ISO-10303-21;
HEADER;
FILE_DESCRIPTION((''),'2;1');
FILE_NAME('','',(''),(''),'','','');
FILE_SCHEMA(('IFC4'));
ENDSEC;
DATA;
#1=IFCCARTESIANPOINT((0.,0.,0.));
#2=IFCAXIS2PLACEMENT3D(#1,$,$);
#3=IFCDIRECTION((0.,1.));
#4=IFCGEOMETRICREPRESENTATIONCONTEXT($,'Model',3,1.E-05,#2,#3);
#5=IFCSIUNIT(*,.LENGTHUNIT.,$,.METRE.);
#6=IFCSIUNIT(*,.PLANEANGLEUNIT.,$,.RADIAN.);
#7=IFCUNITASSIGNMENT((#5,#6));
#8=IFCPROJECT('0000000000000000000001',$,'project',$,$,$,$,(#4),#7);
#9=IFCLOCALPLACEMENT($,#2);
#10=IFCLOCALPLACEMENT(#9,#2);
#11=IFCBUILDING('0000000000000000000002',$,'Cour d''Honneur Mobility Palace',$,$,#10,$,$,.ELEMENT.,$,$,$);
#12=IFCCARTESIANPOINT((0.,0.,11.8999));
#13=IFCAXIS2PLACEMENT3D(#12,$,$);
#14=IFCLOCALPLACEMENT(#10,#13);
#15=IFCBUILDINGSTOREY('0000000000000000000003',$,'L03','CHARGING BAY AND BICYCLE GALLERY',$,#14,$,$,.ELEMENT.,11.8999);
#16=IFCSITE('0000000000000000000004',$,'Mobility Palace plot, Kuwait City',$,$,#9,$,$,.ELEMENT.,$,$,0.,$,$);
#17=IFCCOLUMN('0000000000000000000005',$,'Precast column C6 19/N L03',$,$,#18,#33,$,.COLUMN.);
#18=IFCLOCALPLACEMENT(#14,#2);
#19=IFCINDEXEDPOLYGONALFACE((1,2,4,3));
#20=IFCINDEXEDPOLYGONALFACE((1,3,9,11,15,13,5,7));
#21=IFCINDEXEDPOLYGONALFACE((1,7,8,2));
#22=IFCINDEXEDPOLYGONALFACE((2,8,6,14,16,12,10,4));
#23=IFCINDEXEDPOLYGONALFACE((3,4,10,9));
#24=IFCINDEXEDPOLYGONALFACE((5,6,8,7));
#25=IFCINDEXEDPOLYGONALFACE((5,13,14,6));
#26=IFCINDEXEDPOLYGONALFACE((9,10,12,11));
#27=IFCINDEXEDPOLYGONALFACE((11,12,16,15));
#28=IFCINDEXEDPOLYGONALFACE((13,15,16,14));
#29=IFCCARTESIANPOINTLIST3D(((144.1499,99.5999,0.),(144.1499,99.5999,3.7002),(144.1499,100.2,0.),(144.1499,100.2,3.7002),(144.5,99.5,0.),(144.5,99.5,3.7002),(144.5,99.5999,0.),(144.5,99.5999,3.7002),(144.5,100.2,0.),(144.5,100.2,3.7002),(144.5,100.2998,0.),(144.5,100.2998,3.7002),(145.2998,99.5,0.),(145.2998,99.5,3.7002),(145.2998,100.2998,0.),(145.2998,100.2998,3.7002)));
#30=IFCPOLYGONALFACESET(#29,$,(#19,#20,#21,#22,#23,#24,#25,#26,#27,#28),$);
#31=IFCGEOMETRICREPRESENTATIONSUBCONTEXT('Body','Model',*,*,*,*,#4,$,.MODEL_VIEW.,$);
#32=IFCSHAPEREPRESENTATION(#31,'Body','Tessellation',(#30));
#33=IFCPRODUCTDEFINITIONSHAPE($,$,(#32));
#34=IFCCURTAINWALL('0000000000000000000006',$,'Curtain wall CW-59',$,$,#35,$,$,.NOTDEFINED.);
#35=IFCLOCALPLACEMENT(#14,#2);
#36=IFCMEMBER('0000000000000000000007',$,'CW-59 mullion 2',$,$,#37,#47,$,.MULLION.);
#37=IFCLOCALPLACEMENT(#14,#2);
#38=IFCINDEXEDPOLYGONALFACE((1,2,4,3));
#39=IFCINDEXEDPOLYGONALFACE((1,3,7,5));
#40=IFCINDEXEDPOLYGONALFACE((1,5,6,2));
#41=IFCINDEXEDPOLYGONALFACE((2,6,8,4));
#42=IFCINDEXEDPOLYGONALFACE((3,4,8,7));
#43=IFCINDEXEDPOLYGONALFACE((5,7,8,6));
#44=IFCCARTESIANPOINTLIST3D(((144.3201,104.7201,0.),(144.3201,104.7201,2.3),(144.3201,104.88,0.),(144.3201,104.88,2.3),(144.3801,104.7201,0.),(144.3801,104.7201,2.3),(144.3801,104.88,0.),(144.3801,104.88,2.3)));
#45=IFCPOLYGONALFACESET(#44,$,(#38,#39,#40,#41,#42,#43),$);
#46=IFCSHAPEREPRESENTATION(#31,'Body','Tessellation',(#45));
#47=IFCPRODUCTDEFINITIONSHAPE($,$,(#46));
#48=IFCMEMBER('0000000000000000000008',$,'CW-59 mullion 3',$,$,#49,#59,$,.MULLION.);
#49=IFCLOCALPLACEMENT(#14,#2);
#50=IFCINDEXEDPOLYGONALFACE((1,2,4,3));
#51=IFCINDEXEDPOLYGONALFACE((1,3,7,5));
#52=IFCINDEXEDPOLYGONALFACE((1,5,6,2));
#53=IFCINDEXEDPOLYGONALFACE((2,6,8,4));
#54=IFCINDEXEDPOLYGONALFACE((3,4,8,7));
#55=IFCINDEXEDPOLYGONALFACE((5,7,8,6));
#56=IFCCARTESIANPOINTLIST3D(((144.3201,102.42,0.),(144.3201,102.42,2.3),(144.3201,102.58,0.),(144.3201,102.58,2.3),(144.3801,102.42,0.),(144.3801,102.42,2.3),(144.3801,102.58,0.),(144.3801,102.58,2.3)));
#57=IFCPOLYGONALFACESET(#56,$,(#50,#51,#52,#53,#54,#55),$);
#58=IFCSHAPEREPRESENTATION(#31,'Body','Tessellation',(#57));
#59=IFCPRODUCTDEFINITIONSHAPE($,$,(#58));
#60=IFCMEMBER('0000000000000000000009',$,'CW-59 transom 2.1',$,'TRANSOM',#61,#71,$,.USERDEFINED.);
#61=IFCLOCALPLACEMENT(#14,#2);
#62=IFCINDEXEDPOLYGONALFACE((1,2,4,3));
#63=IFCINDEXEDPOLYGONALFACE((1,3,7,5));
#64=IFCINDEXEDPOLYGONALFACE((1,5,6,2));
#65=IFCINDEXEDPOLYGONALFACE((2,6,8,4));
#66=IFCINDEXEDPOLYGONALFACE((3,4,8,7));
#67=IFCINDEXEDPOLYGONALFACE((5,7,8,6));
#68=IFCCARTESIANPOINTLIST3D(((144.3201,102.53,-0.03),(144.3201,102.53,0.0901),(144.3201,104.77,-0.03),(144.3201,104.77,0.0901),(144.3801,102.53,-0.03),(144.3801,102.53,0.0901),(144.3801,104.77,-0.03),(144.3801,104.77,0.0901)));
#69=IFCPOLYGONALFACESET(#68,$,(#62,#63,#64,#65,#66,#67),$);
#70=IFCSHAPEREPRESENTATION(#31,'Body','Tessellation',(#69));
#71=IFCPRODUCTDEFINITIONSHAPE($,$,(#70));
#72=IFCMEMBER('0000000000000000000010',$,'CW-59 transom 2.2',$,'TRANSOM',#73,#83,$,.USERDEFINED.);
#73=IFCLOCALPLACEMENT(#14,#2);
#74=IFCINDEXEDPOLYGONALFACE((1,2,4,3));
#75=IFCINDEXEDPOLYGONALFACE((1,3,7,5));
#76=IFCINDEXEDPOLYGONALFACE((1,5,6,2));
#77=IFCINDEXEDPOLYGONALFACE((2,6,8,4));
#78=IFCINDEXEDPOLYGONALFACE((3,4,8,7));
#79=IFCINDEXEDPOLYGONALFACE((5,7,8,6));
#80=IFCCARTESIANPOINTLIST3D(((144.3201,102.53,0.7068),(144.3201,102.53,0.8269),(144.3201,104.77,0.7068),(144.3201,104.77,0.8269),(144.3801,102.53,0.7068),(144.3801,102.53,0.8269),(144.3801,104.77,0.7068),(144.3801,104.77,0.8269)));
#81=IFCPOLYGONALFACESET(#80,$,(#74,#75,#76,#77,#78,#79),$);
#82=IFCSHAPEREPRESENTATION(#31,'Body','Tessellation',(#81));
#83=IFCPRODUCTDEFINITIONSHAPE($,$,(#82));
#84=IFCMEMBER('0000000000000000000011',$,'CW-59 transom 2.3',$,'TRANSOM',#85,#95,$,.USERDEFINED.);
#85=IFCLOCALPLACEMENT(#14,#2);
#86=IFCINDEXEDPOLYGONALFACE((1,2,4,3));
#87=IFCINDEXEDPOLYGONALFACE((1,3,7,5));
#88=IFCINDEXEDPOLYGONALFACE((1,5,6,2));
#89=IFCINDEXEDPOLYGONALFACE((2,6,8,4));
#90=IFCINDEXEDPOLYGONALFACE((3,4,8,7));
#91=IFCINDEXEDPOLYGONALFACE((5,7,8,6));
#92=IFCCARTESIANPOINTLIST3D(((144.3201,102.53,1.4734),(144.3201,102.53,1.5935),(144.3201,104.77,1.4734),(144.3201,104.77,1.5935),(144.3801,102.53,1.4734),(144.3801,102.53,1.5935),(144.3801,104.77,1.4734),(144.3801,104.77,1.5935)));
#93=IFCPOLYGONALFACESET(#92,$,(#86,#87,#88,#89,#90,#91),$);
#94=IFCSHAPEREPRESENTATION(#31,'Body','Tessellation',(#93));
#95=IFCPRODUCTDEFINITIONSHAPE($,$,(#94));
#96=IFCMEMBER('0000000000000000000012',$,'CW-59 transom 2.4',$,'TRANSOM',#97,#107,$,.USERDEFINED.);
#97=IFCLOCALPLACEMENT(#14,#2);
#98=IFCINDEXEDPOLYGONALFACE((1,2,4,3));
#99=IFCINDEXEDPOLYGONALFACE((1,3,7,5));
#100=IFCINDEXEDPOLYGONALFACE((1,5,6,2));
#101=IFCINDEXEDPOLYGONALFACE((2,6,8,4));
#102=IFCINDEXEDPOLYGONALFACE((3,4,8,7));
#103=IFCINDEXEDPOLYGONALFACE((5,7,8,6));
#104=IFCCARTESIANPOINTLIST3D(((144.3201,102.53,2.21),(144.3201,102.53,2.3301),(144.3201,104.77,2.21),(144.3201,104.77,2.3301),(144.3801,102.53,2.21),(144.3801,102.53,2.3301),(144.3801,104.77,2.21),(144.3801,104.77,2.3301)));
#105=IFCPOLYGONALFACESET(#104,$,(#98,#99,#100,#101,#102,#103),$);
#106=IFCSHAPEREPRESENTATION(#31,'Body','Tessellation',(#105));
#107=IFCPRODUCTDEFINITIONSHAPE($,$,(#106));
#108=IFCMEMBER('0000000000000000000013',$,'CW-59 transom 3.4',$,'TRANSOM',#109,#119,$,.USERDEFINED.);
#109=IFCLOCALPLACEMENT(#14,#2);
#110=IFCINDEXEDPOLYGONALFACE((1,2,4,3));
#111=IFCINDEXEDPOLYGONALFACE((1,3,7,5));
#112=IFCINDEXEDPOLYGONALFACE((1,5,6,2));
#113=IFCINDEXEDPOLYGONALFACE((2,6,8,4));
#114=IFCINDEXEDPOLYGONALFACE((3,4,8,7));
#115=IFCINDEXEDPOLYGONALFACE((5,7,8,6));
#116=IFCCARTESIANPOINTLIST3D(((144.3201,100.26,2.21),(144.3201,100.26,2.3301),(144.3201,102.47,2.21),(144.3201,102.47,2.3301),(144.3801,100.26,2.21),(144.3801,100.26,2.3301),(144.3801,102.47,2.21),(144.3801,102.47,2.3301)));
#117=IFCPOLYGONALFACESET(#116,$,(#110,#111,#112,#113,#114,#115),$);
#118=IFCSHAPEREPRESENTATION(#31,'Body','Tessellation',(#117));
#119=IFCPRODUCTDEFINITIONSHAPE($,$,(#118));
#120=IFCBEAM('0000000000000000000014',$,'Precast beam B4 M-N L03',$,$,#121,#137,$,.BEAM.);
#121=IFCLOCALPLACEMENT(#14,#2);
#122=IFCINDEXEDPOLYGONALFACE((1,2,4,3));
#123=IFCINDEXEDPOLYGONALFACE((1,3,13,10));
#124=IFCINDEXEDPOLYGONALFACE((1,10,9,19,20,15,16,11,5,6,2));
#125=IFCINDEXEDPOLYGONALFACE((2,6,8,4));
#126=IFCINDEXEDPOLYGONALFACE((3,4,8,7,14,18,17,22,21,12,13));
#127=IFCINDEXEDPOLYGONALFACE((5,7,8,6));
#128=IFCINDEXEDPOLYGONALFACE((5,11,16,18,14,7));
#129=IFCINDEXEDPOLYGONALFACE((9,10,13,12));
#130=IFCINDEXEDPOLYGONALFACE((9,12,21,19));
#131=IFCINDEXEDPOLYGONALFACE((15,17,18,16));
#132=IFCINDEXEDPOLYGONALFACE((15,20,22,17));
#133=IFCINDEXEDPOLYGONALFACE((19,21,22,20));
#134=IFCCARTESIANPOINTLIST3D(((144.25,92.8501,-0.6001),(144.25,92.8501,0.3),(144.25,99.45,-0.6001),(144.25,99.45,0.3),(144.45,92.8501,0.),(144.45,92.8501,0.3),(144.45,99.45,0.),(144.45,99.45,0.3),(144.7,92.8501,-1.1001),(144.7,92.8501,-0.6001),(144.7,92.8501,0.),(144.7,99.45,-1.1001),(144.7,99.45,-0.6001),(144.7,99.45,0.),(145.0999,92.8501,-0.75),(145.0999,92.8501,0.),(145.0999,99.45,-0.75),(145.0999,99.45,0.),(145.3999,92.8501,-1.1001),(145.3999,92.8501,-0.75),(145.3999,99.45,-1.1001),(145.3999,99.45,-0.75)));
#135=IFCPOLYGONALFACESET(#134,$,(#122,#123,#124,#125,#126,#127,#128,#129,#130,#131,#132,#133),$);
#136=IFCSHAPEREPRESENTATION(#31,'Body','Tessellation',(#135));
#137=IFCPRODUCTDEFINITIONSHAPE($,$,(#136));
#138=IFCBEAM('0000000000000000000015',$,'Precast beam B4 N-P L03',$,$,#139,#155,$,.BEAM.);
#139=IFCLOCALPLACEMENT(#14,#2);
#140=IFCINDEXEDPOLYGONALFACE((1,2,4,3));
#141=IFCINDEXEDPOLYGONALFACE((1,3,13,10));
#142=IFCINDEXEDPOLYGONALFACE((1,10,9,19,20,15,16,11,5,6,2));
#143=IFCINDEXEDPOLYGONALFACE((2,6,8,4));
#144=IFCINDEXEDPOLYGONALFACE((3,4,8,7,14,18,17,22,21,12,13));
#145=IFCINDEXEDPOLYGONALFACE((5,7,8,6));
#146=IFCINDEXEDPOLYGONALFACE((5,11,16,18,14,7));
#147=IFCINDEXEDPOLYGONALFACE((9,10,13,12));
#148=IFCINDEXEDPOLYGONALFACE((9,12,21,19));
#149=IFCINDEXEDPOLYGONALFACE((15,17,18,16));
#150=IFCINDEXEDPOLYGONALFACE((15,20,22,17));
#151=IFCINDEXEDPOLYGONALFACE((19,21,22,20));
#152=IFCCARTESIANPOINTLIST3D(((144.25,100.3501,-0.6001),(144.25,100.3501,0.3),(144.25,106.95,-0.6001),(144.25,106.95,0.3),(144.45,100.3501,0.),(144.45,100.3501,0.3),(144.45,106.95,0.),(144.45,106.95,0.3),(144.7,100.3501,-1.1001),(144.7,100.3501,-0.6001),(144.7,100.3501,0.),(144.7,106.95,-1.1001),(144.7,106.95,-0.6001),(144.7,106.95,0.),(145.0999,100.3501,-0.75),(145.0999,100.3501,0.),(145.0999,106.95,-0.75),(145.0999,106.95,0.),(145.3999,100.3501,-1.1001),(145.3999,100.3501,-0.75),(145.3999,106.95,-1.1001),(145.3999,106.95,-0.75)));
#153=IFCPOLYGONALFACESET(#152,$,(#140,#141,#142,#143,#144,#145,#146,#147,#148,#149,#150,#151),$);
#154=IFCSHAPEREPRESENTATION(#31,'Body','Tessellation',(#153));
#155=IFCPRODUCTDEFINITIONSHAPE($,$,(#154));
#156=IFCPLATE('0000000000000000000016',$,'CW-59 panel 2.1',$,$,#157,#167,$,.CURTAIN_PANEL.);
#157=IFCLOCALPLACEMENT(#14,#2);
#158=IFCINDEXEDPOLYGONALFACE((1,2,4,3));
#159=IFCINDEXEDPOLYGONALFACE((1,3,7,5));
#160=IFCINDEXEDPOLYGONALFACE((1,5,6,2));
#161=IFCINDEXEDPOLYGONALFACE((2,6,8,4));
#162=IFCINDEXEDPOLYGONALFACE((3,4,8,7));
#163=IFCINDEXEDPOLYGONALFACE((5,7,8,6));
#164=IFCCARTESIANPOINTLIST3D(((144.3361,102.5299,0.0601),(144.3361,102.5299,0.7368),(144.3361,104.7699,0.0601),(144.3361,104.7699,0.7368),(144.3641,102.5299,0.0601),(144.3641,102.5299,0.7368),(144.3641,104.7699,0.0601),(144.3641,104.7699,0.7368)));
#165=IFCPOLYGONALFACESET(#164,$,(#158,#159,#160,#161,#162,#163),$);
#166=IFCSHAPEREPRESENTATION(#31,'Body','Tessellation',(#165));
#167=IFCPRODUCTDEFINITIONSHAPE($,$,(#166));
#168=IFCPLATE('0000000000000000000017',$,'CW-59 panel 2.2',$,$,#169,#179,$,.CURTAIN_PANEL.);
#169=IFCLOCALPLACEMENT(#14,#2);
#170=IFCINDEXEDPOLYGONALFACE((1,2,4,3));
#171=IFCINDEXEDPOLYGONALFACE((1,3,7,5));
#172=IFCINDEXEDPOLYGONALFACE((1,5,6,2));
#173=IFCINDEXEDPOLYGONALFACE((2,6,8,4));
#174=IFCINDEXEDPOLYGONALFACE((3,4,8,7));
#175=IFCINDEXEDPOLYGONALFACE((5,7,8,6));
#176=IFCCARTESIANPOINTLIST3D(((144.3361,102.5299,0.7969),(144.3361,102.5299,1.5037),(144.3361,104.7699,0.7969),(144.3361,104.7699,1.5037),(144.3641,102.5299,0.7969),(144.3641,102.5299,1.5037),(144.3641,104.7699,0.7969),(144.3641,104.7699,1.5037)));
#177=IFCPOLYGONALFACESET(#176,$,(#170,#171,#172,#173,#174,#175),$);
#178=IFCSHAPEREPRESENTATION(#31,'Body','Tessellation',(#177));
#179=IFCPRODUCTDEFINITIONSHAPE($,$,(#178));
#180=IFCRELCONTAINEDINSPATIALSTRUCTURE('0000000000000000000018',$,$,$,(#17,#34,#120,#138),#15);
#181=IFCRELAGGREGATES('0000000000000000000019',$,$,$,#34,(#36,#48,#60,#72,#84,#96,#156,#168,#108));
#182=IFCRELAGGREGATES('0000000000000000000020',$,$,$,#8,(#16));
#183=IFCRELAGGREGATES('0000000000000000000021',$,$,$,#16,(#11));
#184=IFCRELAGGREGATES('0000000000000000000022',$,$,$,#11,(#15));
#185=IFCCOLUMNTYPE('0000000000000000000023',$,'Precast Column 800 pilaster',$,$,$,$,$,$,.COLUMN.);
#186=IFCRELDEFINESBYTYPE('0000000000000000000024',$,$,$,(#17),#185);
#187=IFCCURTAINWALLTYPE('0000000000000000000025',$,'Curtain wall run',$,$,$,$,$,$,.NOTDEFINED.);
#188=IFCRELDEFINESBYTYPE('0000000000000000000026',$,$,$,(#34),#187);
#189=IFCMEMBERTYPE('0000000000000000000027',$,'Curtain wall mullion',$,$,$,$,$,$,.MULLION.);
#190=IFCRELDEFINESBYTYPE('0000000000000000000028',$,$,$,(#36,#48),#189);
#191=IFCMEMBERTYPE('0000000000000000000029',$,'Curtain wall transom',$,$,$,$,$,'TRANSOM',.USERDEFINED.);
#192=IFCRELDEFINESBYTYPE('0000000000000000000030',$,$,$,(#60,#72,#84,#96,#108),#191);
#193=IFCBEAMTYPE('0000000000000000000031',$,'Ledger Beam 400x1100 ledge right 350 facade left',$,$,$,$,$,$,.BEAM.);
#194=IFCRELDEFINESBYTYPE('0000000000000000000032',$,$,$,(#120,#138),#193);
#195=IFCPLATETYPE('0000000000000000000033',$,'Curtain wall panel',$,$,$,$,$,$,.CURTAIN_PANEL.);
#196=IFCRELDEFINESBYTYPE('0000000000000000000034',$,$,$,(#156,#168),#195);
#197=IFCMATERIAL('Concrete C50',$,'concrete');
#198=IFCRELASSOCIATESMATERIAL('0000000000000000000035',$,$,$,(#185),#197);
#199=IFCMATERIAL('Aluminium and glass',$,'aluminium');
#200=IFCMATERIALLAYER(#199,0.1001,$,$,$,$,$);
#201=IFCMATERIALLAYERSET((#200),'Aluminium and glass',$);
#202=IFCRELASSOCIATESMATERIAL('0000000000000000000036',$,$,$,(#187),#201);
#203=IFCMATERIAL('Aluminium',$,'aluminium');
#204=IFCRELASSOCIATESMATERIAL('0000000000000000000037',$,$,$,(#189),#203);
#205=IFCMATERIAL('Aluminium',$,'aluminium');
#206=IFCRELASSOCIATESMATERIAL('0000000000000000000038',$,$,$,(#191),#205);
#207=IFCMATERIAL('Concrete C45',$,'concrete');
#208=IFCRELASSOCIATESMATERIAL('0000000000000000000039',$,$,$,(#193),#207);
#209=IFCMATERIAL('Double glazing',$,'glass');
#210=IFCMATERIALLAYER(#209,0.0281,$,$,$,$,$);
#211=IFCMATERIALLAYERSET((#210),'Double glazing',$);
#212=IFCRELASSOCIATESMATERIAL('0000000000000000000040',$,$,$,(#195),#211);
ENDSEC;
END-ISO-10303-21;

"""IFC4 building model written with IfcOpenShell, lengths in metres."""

from ifc_helpers import new_model, si_unit, direction, frame, origin, origin_2d, place, context, subcontext, project, spatial, polyline, rectangle, outline, extrude, material, layer, layer_set, material_profile, profile_set, type_object, element, aggregate, save


model = new_model("IFC4")

# Units and contexts
model_context = context("Model", 3, precision=1e-05, world=origin(), true_north=direction((0.0, 1.0)))
body_context = subcontext(model_context, "Body", "Model", "MODEL_VIEW")
ifc_project = project(units=[si_unit("LENGTHUNIT", "METRE"), si_unit("PLANEANGLEUNIT", "RADIAN")], contexts=[model_context])

# Site, building, storey
site_placement = place(None, origin())
site = spatial("IfcSite", under=ifc_project, at=site_placement, Name="Mobility Palace plot, Kuwait City", CompositionType="ELEMENT", RefElevation=0.0)
building_placement = place(site_placement, origin())
building = spatial("IfcBuilding", under=site, at=building_placement, Name="Cour d'Honneur Mobility Palace", CompositionType="ELEMENT")
storey_placement = place(building_placement, frame((0.0, 0.0, 11.8999)))
storey = spatial("IfcBuildingStorey", under=building, at=storey_placement, Name="L03", Description="CHARGING BAY AND BICYCLE GALLERY", CompositionType="ELEMENT", Elevation=11.8999)

# Column
ifc_material_1 = material(Name="Concrete C50", Category="concrete")
ifc_material_profile_1 = material_profile(ifc_material_1, outline(polyline([(-0.3999, -0.3999), (0.3999, -0.3999), (0.3999, -0.3), (0.75, -0.3), (0.75, 0.3), (0.3999, 0.3), (0.3999, 0.3999), (-0.3999, 0.3999), (-0.3999, -0.3999)])), Name="PC C800 pilaster")
ifc_profile_set_1 = profile_set([ifc_material_profile_1], Name="Concrete C50")
column_type = type_object("IfcColumnType", Name="Precast Column 800 pilaster", PredefinedType="COLUMN", material=ifc_profile_set_1)
column_placement = place(storey_placement, frame((144.8999, 99.8999, 0.0), z_axis=(0.0, 0.0, 1.0), x_axis=(-1.0, 0.0, 0.0)))
element("IfcColumn", 1, at=column_placement, inside=storey, type_object=column_type, Name="Precast column C6 19/N L03", PredefinedType="COLUMN", context=body_context, shape_type="SweptSolid", body=[
    extrude(outline(polyline([(-0.3999, -0.3999), (0.3999, -0.3999), (0.3999, -0.3), (0.75, -0.3), (0.75, 0.3), (0.3999, 0.3), (0.3999, 0.3999), (-0.3999, 0.3999), (-0.3999, -0.3999)])), origin(), (0.0, 0.0, 1.0), 3.7002),
])

# Curtain wall, members
ifc_material_2 = material(Name="Aluminium and glass", Category="aluminium")
ifc_layer_1 = layer(ifc_material_2, 0.1001)
ifc_layer_set_1 = layer_set([ifc_layer_1], Name="Aluminium and glass")
curtain_wall_type = type_object("IfcCurtainWallType", Name="Curtain wall run", PredefinedType="NOTDEFINED", material=ifc_layer_set_1)
curtain_wall_placement = place(storey_placement, origin())
curtain_wall = element("IfcCurtainWall", 2, at=curtain_wall_placement, inside=storey, type_object=curtain_wall_type, Name="Curtain wall CW-59", PredefinedType="NOTDEFINED")
ifc_material_3 = material(Name="Aluminium", Category="aluminium")
ifc_material_profile_2 = material_profile(ifc_material_3, rectangle(XDim=0.0601, YDim=0.1599, at=origin_2d()), Name="Curtain wall mullion")
ifc_profile_set_2 = profile_set([ifc_material_profile_2], Name="Aluminium")
member_type_1 = type_object("IfcMemberType", Name="Curtain wall mullion", PredefinedType="MULLION", material=ifc_profile_set_2)
member_1_placement = place(storey_placement, frame((144.3501, 104.8, 0.0), z_axis=(0.0, 0.0, 1.0), x_axis=(1.0, 0.0, 0.0)))
member_1 = element("IfcMember", 3, at=member_1_placement, type_object=member_type_1, Name="CW-59 mullion 2", PredefinedType="MULLION", context=body_context, shape_type="SweptSolid", body=[
    extrude(rectangle(XDim=0.0601, YDim=0.1599, at=origin_2d()), origin(), (0.0, 0.0, 1.0), 2.3),
])
member_2_placement = place(storey_placement, frame((144.3501, 102.5, 0.0), z_axis=(0.0, 0.0, 1.0), x_axis=(1.0, 0.0, 0.0)))
member_2 = element("IfcMember", 4, at=member_2_placement, type_object=member_type_1, Name="CW-59 mullion 3", PredefinedType="MULLION", context=body_context, shape_type="SweptSolid", body=[
    extrude(rectangle(XDim=0.0601, YDim=0.1599, at=origin_2d()), origin(), (0.0, 0.0, 1.0), 2.3),
])
ifc_material_4 = material(Name="Aluminium", Category="aluminium")
ifc_material_profile_3 = material_profile(ifc_material_4, rectangle(XDim=0.0601, YDim=0.1201, at=origin_2d()), Name="Curtain wall transom")
ifc_profile_set_3 = profile_set([ifc_material_profile_3], Name="Aluminium")
member_type_2 = type_object("IfcMemberType", Name="Curtain wall transom", ElementType="TRANSOM", PredefinedType="USERDEFINED", material=ifc_profile_set_3)
member_3_placement = place(storey_placement, frame((144.3501, 104.77, 0.03), z_axis=(0.0, -1.0, 0.0), x_axis=(1.0, 0.0, 0.0)))
member_3 = element("IfcMember", 5, at=member_3_placement, type_object=member_type_2, Name="CW-59 transom 2.1", ObjectType="TRANSOM", PredefinedType="USERDEFINED", context=body_context, shape_type="SweptSolid", body=[
    extrude(rectangle(XDim=0.0601, YDim=0.1201, at=origin_2d()), origin(), (0.0, 0.0, 1.0), 2.24),
])
member_4_placement = place(storey_placement, frame((144.3501, 104.77, 0.7668), z_axis=(0.0, -1.0, 0.0), x_axis=(1.0, 0.0, 0.0)))
member_4 = element("IfcMember", 6, at=member_4_placement, type_object=member_type_2, Name="CW-59 transom 2.2", ObjectType="TRANSOM", PredefinedType="USERDEFINED", context=body_context, shape_type="SweptSolid", body=[
    extrude(rectangle(XDim=0.0601, YDim=0.1201, at=origin_2d()), origin(), (0.0, 0.0, 1.0), 2.24),
])
member_5_placement = place(storey_placement, frame((144.3501, 104.77, 1.5334), z_axis=(0.0, -1.0, 0.0), x_axis=(1.0, 0.0, 0.0)))
member_5 = element("IfcMember", 7, at=member_5_placement, type_object=member_type_2, Name="CW-59 transom 2.3", ObjectType="TRANSOM", PredefinedType="USERDEFINED", context=body_context, shape_type="SweptSolid", body=[
    extrude(rectangle(XDim=0.0601, YDim=0.1201, at=origin_2d()), origin(), (0.0, 0.0, 1.0), 2.24),
])
member_6_placement = place(storey_placement, frame((144.3501, 104.77, 2.27), z_axis=(0.0, -1.0, 0.0), x_axis=(1.0, 0.0, 0.0)))
member_6 = element("IfcMember", 8, at=member_6_placement, type_object=member_type_2, Name="CW-59 transom 2.4", ObjectType="TRANSOM", PredefinedType="USERDEFINED", context=body_context, shape_type="SweptSolid", body=[
    extrude(rectangle(XDim=0.0601, YDim=0.1201, at=origin_2d()), origin(), (0.0, 0.0, 1.0), 2.24),
])
member_7_placement = place(storey_placement, frame((144.3501, 102.47, 2.27), z_axis=(0.0, -1.0, 0.0), x_axis=(1.0, 0.0, 0.0)))
member_7 = element("IfcMember", 9, at=member_7_placement, type_object=member_type_2, Name="CW-59 transom 3.4", ObjectType="TRANSOM", PredefinedType="USERDEFINED", context=body_context, shape_type="SweptSolid", body=[
    extrude(rectangle(XDim=0.0601, YDim=0.1201, at=origin_2d()), origin(), (0.0, 0.0, 1.0), 2.21),
])

# Beams
ifc_material_5 = material(Name="Concrete C45", Category="concrete")
ifc_material_profile_4 = material_profile(ifc_material_5, outline(polyline([(0.2, -1.1001), (0.2, -0.6001), (0.6499, -0.6001), (0.6499, 0.3), (0.45, 0.3), (0.45, 0.0), (0.2, 0.0), (-0.2, 0.0), (-0.2, -0.75), (-0.5, -0.75), (-0.5, -1.1001), (0.2, -1.1001)])), Name="Ledger Beam 400x1100 ledge right 350 facade left")
ifc_profile_set_4 = profile_set([ifc_material_profile_4], Name="Concrete C45")
beam_type = type_object("IfcBeamType", Name="Ledger Beam 400x1100 ledge right 350 facade left", PredefinedType="BEAM", material=ifc_profile_set_4)
for number, where, z_axis, x_axis, name in (
    (10, (144.8999, 92.8501, 0.0), (0.0, 1.0, 0.0), (-1.0, 0.0, 0.0), "Precast beam B4 M-N L03"),
    (11, (144.8999, 100.3501, 0.0), (0.0, 1.0, 0.0), (-1.0, 0.0, 0.0), "Precast beam B4 N-P L03"),
):
    element("IfcBeam", number, at=place(storey_placement, frame(where, z_axis=z_axis, x_axis=x_axis)), inside=storey, type_object=beam_type, Name=name, PredefinedType="BEAM", context=body_context, shape_type="SweptSolid", body=[
        extrude(outline(polyline([(0.2, -1.1001), (0.2, -0.6001), (0.6499, -0.6001), (0.6499, 0.3), (0.45, 0.3), (0.45, 0.0), (0.2, 0.0), (-0.2, 0.0), (-0.2, -0.75), (-0.5, -0.75), (-0.5, -1.1001), (0.2, -1.1001)])), origin(), (0.0, 0.0, 1.0), 6.5999),
    ])

# Plates
ifc_material_6 = material(Name="Double glazing", Category="glass")
ifc_layer_2 = layer(ifc_material_6, 0.0281)
ifc_layer_set_2 = layer_set([ifc_layer_2], Name="Double glazing")
plate_type = type_object("IfcPlateType", Name="Curtain wall panel", PredefinedType="CURTAIN_PANEL", material=ifc_layer_set_2)
plate_1_placement = place(storey_placement, frame((144.3501, 103.6499, 0.0601), z_axis=(0.0, 0.0, 1.0), x_axis=(0.0, -1.0, 0.0)))
plate_1 = element("IfcPlate", 12, at=plate_1_placement, type_object=plate_type, Name="CW-59 panel 2.1", PredefinedType="CURTAIN_PANEL", context=body_context, shape_type="SweptSolid", body=[
    extrude(rectangle(XDim=2.24, YDim=0.0281, at=origin_2d()), origin(), (0.0, 0.0, 1.0), 0.6768),
])
plate_2_placement = place(storey_placement, frame((144.3501, 103.6499, 0.7969), z_axis=(0.0, 0.0, 1.0), x_axis=(0.0, -1.0, 0.0)))
plate_2 = element("IfcPlate", 13, at=plate_2_placement, type_object=plate_type, Name="CW-59 panel 2.2", PredefinedType="CURTAIN_PANEL", context=body_context, shape_type="SweptSolid", body=[
    extrude(rectangle(XDim=2.24, YDim=0.0281, at=origin_2d()), origin(), (0.0, 0.0, 1.0), 0.7068),
])
aggregate(curtain_wall, [member_1, member_2, member_3, member_4, member_5, member_6, plate_1, plate_2, member_7])

save(model, "model.ifc")
